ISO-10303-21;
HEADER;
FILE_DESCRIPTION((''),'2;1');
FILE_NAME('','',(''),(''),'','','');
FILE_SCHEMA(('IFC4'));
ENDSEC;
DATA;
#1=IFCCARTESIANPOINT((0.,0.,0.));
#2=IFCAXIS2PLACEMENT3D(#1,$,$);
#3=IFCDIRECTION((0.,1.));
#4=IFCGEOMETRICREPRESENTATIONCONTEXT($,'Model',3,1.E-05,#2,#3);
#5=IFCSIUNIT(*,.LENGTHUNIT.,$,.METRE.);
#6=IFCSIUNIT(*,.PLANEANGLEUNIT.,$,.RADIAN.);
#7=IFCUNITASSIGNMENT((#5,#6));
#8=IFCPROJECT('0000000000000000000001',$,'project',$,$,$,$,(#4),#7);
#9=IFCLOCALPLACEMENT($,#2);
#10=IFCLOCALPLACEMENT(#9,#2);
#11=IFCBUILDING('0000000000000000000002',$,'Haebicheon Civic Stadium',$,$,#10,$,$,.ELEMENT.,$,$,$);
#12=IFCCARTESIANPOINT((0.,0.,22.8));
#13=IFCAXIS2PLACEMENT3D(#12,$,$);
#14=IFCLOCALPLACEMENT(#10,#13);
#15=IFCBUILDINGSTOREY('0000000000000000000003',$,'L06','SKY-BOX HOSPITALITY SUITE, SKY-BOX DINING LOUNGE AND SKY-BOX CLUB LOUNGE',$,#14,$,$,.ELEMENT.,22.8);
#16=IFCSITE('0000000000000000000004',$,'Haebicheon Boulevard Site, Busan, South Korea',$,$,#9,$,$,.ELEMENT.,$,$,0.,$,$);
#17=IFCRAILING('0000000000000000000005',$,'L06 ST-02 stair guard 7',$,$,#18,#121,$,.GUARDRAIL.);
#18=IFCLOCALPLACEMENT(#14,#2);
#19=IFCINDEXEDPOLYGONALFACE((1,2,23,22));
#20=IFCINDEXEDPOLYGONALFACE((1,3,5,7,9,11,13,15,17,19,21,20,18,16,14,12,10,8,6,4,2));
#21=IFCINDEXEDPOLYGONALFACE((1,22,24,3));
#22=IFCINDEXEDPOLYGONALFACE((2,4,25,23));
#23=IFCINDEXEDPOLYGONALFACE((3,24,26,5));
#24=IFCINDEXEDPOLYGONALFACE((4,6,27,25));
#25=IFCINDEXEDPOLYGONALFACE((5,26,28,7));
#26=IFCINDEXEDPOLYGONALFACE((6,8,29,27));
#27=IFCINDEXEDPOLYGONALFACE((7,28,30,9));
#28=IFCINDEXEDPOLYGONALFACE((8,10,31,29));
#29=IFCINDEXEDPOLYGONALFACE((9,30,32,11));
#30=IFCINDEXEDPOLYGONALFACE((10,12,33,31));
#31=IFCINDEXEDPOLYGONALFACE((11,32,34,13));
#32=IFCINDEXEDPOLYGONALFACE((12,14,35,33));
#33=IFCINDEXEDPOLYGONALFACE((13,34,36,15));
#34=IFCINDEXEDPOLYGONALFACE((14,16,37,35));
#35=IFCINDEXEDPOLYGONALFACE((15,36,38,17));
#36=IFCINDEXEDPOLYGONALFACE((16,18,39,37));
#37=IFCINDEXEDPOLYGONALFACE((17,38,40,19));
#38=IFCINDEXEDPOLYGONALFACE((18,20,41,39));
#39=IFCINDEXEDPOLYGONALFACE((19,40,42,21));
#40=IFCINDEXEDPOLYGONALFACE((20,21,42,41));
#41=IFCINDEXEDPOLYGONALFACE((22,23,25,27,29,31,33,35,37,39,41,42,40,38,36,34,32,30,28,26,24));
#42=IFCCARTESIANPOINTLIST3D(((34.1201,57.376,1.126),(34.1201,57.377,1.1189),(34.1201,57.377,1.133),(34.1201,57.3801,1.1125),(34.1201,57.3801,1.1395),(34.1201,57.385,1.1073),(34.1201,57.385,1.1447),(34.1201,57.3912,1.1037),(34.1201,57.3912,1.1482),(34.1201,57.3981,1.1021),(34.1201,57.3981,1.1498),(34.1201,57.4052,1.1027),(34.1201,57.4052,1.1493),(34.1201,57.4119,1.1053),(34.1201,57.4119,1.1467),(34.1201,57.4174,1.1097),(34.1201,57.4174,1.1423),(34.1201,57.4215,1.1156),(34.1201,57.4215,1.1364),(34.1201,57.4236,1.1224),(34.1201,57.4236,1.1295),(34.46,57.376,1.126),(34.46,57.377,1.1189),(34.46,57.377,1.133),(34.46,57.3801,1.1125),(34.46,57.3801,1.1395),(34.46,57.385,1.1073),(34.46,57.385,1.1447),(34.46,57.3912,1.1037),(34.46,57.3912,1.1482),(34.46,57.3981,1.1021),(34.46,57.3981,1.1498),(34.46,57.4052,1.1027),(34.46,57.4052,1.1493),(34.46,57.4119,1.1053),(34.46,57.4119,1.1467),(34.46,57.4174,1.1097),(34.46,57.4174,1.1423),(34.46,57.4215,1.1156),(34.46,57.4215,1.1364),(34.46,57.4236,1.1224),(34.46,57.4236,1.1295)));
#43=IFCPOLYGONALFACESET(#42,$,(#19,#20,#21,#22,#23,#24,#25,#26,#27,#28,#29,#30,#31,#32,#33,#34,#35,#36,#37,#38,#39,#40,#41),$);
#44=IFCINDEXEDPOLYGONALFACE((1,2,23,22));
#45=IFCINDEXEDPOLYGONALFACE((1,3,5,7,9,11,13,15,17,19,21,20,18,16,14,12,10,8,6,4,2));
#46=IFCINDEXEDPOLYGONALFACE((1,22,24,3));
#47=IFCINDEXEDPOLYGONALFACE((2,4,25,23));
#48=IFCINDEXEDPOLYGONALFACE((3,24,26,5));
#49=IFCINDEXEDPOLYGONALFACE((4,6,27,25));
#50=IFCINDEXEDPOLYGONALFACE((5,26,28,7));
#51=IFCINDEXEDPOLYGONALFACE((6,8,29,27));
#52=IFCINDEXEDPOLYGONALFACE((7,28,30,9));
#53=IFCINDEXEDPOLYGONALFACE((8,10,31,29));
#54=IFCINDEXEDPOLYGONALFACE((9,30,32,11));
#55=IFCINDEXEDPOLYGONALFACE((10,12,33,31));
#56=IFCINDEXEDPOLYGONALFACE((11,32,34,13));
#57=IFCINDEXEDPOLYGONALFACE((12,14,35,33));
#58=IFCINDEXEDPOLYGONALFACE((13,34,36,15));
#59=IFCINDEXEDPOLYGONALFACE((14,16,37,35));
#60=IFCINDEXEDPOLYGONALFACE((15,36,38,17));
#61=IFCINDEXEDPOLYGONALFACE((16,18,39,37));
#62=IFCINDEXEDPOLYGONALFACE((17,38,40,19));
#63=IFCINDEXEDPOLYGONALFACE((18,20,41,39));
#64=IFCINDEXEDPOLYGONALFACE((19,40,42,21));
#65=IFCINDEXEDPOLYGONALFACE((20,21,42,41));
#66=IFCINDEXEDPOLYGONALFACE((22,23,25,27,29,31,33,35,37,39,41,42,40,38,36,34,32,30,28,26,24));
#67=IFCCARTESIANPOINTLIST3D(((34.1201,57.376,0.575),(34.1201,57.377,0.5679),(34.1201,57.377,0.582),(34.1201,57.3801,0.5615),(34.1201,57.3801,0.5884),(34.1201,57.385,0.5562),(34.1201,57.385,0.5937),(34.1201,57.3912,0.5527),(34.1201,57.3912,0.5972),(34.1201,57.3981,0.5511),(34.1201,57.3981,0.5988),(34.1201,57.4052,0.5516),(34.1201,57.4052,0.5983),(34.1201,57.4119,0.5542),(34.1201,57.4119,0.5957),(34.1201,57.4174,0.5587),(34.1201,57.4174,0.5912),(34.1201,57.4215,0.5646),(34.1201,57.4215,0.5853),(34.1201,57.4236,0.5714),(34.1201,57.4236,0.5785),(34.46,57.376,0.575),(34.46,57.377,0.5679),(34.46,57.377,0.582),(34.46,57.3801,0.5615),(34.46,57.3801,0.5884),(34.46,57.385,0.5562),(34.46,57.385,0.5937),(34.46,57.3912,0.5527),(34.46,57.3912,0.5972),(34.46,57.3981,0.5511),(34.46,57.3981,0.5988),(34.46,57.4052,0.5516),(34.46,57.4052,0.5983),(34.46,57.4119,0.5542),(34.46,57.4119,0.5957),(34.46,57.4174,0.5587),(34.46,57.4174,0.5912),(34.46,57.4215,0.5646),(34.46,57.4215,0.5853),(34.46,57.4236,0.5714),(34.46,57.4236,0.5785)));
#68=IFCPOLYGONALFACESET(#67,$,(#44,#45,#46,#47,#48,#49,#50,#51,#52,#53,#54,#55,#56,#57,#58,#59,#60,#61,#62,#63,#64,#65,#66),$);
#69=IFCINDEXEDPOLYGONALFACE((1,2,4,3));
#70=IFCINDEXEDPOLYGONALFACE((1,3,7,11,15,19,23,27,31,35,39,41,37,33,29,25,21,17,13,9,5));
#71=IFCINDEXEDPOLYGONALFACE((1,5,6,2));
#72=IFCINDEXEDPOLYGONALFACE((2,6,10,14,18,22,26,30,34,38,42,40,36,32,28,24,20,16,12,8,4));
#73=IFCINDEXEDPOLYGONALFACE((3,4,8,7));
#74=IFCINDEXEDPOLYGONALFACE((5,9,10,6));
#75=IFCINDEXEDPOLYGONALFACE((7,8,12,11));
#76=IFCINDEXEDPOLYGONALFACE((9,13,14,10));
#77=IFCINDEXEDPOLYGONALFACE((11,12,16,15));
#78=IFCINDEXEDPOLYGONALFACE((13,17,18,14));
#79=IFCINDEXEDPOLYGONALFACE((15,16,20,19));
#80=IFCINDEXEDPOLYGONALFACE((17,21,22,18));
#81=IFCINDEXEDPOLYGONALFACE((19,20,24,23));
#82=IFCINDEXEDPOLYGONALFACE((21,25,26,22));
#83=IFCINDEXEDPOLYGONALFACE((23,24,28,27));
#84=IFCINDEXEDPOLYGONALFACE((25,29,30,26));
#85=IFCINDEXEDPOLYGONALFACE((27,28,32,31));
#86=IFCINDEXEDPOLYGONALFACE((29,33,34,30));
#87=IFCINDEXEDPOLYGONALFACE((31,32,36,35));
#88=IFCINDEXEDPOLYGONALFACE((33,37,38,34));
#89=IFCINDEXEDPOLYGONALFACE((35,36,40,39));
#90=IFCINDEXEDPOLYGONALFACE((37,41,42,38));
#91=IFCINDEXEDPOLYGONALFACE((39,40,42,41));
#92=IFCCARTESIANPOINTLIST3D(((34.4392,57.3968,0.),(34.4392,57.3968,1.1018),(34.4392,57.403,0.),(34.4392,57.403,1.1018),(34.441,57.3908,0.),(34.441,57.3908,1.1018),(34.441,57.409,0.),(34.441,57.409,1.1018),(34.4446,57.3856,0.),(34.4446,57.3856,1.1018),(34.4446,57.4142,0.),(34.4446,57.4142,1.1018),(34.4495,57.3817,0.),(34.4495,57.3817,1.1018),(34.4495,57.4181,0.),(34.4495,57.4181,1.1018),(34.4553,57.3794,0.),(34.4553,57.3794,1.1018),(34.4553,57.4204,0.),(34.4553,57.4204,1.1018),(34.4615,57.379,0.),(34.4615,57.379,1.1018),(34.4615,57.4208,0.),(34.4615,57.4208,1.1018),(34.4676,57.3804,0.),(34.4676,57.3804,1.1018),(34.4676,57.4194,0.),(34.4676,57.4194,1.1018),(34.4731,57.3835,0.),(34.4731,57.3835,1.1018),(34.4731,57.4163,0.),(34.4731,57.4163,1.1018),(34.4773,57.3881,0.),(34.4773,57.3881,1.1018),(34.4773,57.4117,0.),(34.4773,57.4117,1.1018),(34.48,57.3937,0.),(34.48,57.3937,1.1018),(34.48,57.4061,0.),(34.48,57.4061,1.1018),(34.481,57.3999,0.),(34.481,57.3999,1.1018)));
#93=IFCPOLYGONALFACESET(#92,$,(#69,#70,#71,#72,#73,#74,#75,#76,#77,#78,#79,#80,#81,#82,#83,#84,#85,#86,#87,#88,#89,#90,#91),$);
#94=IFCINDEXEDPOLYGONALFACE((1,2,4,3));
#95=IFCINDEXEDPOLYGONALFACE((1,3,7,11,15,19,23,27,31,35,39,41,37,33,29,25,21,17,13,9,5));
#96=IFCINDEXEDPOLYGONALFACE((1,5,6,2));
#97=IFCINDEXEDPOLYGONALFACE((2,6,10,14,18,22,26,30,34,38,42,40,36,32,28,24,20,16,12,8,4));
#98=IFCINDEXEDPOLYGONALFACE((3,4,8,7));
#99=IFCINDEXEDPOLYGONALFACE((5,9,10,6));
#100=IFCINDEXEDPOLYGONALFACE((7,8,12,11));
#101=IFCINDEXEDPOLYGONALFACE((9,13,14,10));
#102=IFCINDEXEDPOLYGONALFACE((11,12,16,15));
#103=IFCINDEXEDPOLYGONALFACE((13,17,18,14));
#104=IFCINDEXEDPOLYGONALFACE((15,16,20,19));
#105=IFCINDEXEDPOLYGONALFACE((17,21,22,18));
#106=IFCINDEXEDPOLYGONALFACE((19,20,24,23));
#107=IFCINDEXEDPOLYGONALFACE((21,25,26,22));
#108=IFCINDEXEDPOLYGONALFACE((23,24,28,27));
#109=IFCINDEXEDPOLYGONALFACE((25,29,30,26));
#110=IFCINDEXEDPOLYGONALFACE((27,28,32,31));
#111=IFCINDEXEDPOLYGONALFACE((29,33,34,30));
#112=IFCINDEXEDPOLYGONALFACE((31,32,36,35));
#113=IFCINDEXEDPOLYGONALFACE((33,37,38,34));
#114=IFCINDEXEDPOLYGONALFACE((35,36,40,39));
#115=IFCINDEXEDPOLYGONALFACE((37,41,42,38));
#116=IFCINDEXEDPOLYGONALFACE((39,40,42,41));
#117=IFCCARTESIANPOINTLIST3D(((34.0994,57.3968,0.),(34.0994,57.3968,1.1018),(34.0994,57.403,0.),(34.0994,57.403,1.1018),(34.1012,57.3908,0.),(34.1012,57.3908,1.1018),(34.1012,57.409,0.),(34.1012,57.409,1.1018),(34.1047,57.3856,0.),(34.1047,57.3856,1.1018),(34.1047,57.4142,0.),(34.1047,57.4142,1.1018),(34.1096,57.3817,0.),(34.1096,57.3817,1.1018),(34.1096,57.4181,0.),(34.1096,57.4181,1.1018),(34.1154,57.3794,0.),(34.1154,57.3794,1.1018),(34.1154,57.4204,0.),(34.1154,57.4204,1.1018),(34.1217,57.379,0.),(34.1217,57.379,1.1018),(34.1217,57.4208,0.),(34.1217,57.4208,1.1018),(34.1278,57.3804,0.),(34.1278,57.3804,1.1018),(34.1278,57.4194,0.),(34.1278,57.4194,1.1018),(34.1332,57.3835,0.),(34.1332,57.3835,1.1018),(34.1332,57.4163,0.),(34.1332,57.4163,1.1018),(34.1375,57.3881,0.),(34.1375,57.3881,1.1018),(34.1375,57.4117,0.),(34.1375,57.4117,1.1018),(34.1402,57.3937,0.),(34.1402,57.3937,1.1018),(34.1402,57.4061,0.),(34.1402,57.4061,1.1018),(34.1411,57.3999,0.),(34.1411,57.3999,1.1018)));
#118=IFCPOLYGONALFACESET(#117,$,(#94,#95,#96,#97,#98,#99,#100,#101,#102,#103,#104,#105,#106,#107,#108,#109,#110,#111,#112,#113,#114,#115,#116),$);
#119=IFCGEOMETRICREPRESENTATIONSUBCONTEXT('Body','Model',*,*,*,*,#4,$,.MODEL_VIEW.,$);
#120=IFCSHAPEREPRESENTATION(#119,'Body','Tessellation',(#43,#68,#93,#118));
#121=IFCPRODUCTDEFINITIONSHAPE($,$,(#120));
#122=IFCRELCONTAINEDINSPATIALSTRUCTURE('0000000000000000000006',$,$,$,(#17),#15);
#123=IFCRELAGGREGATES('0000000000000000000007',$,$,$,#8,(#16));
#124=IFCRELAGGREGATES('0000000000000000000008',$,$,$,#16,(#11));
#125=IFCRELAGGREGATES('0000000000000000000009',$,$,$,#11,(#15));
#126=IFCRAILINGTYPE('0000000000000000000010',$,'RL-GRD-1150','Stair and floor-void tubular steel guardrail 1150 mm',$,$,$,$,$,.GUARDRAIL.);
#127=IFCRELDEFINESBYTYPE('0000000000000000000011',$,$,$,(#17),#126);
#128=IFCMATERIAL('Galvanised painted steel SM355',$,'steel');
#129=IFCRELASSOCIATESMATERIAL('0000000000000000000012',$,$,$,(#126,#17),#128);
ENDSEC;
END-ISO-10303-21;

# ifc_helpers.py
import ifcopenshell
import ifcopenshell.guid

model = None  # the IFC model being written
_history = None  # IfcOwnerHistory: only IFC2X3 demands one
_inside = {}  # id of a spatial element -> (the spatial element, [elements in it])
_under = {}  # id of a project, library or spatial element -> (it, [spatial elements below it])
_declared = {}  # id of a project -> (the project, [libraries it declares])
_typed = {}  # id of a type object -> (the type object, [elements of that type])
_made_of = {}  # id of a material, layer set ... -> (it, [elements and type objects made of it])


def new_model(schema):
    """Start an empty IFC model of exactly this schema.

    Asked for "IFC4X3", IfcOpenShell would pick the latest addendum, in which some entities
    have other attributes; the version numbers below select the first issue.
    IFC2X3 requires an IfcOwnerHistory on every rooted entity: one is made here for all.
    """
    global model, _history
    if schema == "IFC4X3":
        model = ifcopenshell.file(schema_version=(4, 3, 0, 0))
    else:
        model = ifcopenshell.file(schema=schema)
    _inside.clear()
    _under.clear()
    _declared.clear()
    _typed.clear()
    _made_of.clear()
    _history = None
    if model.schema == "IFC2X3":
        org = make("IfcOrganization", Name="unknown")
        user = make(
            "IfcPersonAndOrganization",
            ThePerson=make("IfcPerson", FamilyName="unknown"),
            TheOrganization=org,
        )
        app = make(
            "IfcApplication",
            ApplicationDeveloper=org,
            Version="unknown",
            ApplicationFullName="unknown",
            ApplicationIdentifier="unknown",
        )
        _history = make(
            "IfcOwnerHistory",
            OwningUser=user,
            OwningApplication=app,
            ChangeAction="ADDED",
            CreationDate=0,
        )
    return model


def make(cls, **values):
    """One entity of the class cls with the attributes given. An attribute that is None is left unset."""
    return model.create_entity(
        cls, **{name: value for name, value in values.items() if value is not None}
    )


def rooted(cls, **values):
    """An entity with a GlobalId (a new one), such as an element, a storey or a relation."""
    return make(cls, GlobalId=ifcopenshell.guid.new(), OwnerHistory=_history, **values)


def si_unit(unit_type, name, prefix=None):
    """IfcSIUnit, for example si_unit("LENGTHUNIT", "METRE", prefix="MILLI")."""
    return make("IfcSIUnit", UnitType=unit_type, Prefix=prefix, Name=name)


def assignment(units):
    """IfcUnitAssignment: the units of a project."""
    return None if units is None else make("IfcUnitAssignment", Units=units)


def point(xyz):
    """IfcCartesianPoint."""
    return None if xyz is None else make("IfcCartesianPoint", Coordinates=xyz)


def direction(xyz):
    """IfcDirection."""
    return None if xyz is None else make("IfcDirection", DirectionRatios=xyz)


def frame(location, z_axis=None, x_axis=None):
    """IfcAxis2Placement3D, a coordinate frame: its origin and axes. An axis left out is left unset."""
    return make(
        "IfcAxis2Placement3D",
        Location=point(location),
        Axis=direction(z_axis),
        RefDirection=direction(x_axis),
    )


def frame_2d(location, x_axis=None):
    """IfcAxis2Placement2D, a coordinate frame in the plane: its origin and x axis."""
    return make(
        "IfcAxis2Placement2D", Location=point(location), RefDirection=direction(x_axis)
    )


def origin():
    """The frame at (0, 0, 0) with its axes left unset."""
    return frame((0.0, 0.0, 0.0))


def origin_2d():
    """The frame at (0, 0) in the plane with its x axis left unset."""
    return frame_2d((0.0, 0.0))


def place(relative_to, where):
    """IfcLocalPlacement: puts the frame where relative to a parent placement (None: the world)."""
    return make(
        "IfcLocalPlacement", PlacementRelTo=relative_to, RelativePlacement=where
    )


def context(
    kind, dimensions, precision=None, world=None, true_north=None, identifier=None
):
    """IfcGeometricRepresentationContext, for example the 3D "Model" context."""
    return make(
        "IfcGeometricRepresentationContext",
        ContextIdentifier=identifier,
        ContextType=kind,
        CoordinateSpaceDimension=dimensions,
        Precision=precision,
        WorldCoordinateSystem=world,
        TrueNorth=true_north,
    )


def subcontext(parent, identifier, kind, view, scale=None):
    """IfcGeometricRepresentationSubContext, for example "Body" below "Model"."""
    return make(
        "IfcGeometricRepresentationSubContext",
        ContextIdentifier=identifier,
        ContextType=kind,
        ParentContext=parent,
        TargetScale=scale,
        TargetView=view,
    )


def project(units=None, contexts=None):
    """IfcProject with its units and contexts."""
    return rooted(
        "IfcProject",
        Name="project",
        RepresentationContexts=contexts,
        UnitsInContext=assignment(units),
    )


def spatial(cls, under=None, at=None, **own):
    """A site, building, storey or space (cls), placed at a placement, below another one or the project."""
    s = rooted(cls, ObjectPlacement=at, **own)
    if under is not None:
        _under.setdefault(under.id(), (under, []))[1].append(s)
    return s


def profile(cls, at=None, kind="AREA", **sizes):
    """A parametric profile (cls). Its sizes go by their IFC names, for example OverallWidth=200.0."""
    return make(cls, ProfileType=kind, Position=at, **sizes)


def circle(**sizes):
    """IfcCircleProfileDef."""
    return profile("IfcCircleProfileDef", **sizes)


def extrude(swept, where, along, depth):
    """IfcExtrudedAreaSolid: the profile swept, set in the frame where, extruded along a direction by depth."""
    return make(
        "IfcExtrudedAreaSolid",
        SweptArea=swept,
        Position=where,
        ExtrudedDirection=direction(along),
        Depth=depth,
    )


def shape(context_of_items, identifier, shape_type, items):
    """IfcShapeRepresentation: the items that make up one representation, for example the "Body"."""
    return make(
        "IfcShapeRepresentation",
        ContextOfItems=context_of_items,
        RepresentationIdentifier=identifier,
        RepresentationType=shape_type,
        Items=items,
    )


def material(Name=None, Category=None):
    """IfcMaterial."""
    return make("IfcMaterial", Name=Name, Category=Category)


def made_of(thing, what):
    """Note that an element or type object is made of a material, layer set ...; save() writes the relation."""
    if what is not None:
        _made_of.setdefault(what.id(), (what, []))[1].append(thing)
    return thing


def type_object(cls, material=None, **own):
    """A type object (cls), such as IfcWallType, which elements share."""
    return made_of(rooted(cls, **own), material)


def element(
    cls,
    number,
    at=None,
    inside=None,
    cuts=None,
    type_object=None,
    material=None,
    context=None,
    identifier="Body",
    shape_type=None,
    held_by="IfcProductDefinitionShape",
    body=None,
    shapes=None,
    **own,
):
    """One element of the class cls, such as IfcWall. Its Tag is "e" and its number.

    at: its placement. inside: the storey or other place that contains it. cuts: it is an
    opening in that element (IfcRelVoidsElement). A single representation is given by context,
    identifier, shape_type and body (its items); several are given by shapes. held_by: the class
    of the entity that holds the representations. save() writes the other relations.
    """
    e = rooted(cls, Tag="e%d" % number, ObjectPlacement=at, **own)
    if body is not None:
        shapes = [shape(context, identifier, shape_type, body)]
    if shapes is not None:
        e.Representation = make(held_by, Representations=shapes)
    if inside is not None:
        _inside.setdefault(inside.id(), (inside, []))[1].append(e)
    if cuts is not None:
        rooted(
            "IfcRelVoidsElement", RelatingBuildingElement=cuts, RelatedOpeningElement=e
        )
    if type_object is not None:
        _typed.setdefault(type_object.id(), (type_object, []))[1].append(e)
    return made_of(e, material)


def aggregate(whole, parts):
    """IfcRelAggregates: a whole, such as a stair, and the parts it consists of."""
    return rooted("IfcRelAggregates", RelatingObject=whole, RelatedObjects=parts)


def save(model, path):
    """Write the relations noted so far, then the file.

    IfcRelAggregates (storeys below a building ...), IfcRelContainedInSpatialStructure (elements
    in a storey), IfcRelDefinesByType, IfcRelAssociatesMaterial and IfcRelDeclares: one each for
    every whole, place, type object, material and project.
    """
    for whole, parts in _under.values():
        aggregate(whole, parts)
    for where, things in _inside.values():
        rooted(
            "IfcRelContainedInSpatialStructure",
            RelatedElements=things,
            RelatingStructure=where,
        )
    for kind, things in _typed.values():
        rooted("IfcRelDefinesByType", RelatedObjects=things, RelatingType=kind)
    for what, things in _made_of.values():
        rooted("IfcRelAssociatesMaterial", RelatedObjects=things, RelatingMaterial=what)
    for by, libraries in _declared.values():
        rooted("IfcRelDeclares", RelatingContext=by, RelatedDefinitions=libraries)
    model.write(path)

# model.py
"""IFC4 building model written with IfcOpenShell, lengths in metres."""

from ifc_helpers import new_model, si_unit, direction, frame, origin, origin_2d, place, context, subcontext, project, spatial, circle, extrude, material, type_object, element, save


model = new_model("IFC4")

# Units and contexts
model_context = context("Model", 3, precision=1e-05, world=origin(), true_north=direction((0.0, 1.0)))
body_context = subcontext(model_context, "Body", "Model", "MODEL_VIEW")
ifc_project = project(units=[si_unit("LENGTHUNIT", "METRE"), si_unit("PLANEANGLEUNIT", "RADIAN")], contexts=[model_context])

# Site, building, storey
site_placement = place(None, origin())
site = spatial("IfcSite", under=ifc_project, at=site_placement, Name="Haebicheon Boulevard Site, Busan, South Korea", CompositionType="ELEMENT", RefElevation=0.0)
building_placement = place(site_placement, origin())
building = spatial("IfcBuilding", under=site, at=building_placement, Name="Haebicheon Civic Stadium", CompositionType="ELEMENT")
storey_placement = place(building_placement, frame((0.0, 0.0, 22.8)))
storey = spatial("IfcBuildingStorey", under=building, at=storey_placement, Name="L06", Description="SKY-BOX HOSPITALITY SUITE, SKY-BOX DINING LOUNGE AND SKY-BOX CLUB LOUNGE", CompositionType="ELEMENT", Elevation=22.8)

# Railing
ifc_material_1 = material(Name="Galvanised painted steel SM355", Category="steel")
railing_type_1 = type_object("IfcRailingType", Name="RL-GRD-1150", Description="Stair and floor-void tubular steel guardrail 1150 mm", PredefinedType="GUARDRAIL", material=ifc_material_1)
railing_1_placement = place(storey_placement, frame((34.46, 57.3999, 0.0)))
element("IfcRailing", 1, at=railing_1_placement, inside=storey, type_object=railing_type_1, material=ifc_material_1, Name="L06 ST-02 stair guard 7", PredefinedType="GUARDRAIL", context=body_context, shape_type="SweptSolid", body=[
    extrude(circle(Radius=0.0239, at=origin_2d()), frame((0.0, 0.0, 1.126), z_axis=(-1.0, 0.0, 0.0), x_axis=(0.0, -1.0, 0.0)), (0.0, 0.0, 1.0), 0.3398),
    extrude(circle(Radius=0.0239, at=origin_2d()), frame((0.0, 0.0, 0.575), z_axis=(-1.0, 0.0, 0.0), x_axis=(0.0, -1.0, 0.0)), (0.0, 0.0, 1.0), 0.3398),
    extrude(circle(Radius=0.021, at=origin_2d()), origin(), (0.0, 0.0, 1.0), 1.1018),
    extrude(circle(Radius=0.021, at=origin_2d()), frame((-0.3398, 0.0, 0.0)), (0.0, 0.0, 1.0), 1.1018),
])

save(model, "model.ifc")
